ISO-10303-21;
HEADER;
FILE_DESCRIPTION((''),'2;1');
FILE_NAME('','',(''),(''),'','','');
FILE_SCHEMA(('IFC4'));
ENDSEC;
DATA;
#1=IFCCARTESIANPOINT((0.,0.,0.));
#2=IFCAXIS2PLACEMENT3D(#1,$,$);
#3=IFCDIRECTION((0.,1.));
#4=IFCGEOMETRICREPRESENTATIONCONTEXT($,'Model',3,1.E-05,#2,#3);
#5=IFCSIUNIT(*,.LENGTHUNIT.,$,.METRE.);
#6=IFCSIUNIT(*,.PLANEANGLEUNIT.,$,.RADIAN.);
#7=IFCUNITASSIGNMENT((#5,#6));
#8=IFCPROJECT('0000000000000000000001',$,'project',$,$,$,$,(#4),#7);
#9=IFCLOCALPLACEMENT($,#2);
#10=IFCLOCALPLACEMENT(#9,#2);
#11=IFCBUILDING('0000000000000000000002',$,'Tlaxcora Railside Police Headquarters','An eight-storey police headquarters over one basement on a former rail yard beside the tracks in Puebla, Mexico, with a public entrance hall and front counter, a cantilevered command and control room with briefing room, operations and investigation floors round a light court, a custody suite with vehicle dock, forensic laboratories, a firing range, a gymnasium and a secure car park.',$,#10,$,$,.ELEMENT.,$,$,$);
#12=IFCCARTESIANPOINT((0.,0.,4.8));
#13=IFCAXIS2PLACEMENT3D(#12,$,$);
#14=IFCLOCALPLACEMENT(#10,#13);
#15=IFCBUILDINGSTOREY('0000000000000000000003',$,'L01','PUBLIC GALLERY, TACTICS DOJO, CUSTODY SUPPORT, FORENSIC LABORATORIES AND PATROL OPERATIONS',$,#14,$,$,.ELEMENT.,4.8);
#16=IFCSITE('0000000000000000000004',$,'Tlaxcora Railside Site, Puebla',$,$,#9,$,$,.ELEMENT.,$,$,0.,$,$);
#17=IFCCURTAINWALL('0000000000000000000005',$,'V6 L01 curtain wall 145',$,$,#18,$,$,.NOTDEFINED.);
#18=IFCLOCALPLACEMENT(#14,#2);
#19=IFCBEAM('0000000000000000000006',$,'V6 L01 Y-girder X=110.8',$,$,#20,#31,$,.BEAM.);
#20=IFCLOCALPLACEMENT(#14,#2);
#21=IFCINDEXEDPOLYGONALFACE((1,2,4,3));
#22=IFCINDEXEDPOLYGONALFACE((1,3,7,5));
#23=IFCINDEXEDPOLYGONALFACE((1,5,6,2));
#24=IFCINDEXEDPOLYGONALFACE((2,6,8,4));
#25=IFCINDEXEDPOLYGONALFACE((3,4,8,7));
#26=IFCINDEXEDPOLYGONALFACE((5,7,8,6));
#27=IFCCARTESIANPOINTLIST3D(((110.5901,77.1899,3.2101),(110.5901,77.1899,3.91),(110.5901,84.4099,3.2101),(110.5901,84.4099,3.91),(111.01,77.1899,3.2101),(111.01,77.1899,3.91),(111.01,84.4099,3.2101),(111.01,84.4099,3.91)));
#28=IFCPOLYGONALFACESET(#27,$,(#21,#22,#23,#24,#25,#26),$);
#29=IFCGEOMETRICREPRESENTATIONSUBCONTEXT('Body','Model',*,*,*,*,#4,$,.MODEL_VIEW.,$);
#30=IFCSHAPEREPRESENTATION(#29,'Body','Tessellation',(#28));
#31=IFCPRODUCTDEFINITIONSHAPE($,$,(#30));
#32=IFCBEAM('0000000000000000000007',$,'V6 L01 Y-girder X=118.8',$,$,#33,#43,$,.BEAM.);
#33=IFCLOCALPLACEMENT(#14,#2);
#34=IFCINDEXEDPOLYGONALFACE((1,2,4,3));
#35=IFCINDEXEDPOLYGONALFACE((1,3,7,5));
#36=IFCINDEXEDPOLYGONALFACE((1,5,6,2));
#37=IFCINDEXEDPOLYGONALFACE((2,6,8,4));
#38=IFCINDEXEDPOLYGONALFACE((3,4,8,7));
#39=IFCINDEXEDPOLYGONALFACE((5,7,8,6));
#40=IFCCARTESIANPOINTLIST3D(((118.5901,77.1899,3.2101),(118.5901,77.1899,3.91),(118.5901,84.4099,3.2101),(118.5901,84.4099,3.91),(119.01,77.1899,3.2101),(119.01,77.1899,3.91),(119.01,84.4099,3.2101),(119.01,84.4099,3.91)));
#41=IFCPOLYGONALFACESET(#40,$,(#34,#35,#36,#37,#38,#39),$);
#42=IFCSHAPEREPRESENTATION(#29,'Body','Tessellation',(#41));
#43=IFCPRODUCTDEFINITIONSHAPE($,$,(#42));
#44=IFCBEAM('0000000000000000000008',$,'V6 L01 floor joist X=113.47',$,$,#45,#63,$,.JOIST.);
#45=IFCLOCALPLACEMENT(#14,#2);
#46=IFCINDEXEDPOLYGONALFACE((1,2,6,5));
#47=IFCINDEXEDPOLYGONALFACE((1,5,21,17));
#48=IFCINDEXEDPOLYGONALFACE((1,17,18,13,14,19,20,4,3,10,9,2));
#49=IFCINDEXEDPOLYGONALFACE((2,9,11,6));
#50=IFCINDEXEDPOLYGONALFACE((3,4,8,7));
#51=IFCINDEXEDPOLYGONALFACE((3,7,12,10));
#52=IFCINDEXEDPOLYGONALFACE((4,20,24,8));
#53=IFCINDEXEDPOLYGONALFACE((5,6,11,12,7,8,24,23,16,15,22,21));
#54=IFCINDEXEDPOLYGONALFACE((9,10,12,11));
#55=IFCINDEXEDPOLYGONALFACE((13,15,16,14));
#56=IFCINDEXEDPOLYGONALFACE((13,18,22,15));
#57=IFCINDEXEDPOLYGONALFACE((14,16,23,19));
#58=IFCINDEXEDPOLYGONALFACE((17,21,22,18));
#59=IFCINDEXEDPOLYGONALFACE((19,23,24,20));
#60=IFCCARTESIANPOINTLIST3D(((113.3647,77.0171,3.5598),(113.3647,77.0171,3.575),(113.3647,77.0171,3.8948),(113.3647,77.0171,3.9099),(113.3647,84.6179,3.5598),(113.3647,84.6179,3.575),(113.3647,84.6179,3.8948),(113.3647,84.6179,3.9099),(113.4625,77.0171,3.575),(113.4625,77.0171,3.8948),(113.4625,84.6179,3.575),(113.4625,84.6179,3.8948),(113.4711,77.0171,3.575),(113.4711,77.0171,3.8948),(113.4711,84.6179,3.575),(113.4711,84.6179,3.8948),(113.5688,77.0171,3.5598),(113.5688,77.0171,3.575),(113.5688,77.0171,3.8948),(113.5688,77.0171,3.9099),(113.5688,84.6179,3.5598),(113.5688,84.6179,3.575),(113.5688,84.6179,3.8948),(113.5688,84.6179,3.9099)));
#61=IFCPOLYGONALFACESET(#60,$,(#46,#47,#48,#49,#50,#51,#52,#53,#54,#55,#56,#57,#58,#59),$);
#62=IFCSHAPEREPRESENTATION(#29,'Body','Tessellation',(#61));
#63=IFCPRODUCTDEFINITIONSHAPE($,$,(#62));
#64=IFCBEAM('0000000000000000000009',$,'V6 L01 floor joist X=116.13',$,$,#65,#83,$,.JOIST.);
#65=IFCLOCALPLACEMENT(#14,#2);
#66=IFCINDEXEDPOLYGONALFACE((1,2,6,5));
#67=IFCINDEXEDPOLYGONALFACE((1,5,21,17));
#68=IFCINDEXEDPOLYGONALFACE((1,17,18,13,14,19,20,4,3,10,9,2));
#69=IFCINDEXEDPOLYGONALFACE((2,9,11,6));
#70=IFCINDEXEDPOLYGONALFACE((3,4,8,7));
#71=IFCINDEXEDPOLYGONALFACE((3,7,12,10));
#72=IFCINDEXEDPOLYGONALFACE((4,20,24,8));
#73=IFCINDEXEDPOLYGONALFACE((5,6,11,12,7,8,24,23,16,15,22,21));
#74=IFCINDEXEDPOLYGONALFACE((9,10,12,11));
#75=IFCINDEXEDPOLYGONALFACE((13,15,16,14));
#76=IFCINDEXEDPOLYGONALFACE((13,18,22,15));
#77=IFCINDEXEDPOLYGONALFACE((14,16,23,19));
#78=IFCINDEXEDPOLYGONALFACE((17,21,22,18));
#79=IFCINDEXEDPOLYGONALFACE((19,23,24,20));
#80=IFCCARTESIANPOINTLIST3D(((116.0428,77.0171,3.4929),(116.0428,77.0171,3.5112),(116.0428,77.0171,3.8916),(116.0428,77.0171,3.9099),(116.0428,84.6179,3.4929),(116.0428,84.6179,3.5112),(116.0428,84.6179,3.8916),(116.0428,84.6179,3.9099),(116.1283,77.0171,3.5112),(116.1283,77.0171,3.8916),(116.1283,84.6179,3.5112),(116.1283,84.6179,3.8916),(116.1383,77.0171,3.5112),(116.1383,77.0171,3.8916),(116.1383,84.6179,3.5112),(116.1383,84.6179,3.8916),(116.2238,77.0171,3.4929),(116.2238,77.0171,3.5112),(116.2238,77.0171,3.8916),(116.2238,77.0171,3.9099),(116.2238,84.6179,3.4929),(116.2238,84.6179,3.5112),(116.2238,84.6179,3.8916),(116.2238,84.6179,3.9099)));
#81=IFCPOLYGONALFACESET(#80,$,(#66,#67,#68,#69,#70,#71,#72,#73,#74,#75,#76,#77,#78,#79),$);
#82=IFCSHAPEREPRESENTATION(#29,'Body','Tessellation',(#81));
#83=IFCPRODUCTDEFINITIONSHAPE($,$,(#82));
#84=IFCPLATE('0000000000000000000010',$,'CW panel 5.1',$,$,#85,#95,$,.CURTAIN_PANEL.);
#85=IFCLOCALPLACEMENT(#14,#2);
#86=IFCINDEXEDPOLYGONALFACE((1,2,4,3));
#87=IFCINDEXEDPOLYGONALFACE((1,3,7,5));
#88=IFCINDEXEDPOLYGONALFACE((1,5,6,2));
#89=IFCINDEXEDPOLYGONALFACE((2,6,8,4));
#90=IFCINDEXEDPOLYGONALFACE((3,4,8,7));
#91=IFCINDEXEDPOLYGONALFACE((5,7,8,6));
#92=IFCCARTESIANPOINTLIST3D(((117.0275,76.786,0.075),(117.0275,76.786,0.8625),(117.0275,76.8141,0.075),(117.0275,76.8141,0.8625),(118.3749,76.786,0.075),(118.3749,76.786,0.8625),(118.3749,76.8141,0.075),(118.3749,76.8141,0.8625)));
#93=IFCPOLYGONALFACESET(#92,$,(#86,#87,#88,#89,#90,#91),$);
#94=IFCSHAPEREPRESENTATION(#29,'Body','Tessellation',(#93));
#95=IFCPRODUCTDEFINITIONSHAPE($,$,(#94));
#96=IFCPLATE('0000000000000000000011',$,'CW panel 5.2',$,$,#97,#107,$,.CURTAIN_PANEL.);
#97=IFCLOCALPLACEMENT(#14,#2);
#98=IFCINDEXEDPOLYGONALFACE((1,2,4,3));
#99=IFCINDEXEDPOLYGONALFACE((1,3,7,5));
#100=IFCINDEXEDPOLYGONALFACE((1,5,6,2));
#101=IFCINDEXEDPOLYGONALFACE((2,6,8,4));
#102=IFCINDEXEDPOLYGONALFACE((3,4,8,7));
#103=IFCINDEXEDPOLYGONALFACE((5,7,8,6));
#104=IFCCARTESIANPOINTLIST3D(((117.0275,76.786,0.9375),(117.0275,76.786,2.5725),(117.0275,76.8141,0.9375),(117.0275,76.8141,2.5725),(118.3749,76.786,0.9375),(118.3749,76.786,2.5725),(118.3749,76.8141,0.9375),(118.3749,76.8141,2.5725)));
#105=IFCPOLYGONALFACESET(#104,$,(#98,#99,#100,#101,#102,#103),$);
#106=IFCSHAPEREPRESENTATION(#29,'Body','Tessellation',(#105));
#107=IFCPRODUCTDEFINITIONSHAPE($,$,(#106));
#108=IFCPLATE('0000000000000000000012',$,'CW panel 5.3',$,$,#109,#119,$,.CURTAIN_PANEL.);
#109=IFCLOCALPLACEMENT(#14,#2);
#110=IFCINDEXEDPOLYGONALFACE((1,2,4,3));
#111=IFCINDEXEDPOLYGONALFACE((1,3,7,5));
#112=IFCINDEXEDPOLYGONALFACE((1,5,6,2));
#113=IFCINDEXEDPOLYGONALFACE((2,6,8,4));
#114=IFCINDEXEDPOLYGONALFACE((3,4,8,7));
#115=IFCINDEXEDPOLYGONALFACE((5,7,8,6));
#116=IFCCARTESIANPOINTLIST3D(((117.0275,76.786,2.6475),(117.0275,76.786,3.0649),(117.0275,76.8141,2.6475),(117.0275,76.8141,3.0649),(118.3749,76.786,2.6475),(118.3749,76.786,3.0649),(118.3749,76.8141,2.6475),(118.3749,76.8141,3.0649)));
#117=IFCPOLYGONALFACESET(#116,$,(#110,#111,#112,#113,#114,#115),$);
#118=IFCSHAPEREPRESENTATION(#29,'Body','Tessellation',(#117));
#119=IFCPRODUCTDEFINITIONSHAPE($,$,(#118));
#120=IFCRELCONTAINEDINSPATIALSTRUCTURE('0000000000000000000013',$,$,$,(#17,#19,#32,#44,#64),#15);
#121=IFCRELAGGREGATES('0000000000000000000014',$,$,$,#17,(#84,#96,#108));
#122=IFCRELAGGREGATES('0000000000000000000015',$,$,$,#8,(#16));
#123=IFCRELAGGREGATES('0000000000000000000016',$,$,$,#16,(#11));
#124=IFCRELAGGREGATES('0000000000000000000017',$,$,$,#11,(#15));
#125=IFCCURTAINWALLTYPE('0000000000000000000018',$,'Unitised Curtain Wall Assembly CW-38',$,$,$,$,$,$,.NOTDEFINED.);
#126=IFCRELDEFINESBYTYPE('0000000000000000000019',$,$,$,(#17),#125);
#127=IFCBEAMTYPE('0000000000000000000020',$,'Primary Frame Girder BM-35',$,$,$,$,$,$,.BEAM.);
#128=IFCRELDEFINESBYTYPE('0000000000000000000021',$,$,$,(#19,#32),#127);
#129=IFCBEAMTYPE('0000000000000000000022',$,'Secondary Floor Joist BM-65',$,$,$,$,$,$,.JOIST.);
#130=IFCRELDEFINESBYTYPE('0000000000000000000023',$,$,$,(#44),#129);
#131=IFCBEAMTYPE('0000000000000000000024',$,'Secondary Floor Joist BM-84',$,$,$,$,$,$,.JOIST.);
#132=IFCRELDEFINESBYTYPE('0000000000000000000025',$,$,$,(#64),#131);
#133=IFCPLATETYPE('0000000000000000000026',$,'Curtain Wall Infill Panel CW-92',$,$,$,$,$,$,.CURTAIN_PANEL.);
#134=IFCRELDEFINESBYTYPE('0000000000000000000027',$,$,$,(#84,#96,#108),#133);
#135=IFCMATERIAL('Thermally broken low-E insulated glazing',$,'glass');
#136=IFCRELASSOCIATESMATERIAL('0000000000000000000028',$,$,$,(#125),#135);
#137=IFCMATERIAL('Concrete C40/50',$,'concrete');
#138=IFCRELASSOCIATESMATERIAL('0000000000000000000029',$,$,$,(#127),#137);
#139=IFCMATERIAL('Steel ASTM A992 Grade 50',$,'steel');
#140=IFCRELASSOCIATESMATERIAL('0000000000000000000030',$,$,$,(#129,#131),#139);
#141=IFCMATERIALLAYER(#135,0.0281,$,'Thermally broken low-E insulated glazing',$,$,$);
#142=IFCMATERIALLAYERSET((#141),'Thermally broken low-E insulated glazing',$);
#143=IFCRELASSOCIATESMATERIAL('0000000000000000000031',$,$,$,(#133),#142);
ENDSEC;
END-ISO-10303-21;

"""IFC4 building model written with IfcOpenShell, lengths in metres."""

from ifc_helpers import new_model, si_unit, direction, frame, origin, origin_2d, place, context, subcontext, project, spatial, rectangle, i_section, extrude, material, layer, layer_set, material_profile, profile_set, type_object, element, aggregate, save


model = new_model("IFC4")

# Units and contexts
model_context = context("Model", 3, precision=1e-05, world=origin(), true_north=direction((0.0, 1.0)))
body_context = subcontext(model_context, "Body", "Model", "MODEL_VIEW")
ifc_project = project(units=[si_unit("LENGTHUNIT", "METRE"), si_unit("PLANEANGLEUNIT", "RADIAN")], contexts=[model_context])

# Site, building, storey
site_placement = place(None, origin())
site = spatial("IfcSite", under=ifc_project, at=site_placement, Name="Tlaxcora Railside Site, Puebla", CompositionType="ELEMENT", RefElevation=0.0)
building_placement = place(site_placement, origin())
building = spatial("IfcBuilding", under=site, at=building_placement, Name="Tlaxcora Railside Police Headquarters", Description="An eight-storey police headquarters over one basement on a former rail yard beside the tracks in Puebla, Mexico, with a public entrance hall and front counter, a cantilevered command and control room with briefing room, operations and investigation floors round a light court, a custody suite with vehicle dock, forensic laboratories, a firing range, a gymnasium and a secure car park.", CompositionType="ELEMENT")
storey_placement = place(building_placement, frame((0.0, 0.0, 4.8)))
storey = spatial("IfcBuildingStorey", under=building, at=storey_placement, Name="L01", Description="PUBLIC GALLERY, TACTICS DOJO, CUSTODY SUPPORT, FORENSIC LABORATORIES AND PATROL OPERATIONS", CompositionType="ELEMENT", Elevation=4.8)

# Shared definitions
ifc_material_1 = material(Name="Concrete C40/50", Category="concrete")

# Curtain wall
ifc_material_2 = material(Name="Thermally broken low-E insulated glazing", Category="glass")
curtain_wall_type_1 = type_object("IfcCurtainWallType", Name="Unitised Curtain Wall Assembly CW-38", PredefinedType="NOTDEFINED", material=ifc_material_2)
curtain_wall_1_placement = place(storey_placement, origin())
curtain_wall_1 = element("IfcCurtainWall", 1, at=curtain_wall_1_placement, inside=storey, type_object=curtain_wall_type_1, Name="V6 L01 curtain wall 145", PredefinedType="NOTDEFINED")

# Beams
ifc_material_profile_1 = material_profile(ifc_material_1, rectangle(XDim=0.4199, YDim=0.7, at=origin_2d()), Name="RC420X700")
ifc_profile_set_1 = profile_set([ifc_material_profile_1], Name="Concrete C40/50")
beam_type_1 = type_object("IfcBeamType", Name="Primary Frame Girder BM-35", PredefinedType="BEAM", material=ifc_profile_set_1)
for number, where, z_axis, x_axis, name in (
    (2, (110.8, 77.1899, 3.5601), (0.0, 1.0, 0.0), (-1.0, 0.0, 0.0), "V6 L01 Y-girder X=110.8"),
    (3, (118.8, 77.1899, 3.5601), (0.0, 1.0, 0.0), (-1.0, 0.0, 0.0), "V6 L01 Y-girder X=118.8"),
):
    element("IfcBeam", number, at=place(storey_placement, frame(where, z_axis=z_axis, x_axis=x_axis)), inside=storey, type_object=beam_type_1, Name=name, PredefinedType="BEAM", context=body_context, shape_type="SweptSolid", body=[
        extrude(rectangle(XDim=0.4199, YDim=0.7, at=origin_2d()), origin(), (0.0, 0.0, 1.0), 7.22),
    ])
ifc_material_3 = material(Name="Steel ASTM A992 Grade 50", Category="steel")
ifc_material_profile_2 = material_profile(ifc_material_3, i_section(OverallWidth=0.2041, OverallDepth=0.3501, WebThickness=0.0085, FlangeThickness=0.0151, at=origin_2d()), Name="W14X48")
ifc_profile_set_2 = profile_set([ifc_material_profile_2], Name="Steel ASTM A992 Grade 50")
beam_type_2 = type_object("IfcBeamType", Name="Secondary Floor Joist BM-65", PredefinedType="JOIST", material=ifc_profile_set_2)
beam_1_placement = place(storey_placement, frame((113.4668, 77.0171, 3.7349), z_axis=(0.0, 1.0, 0.0), x_axis=(-1.0, 0.0, 0.0)))
element("IfcBeam", 4, at=beam_1_placement, inside=storey, type_object=beam_type_2, Name="V6 L01 floor joist X=113.47", PredefinedType="JOIST", context=body_context, shape_type="SweptSolid", body=[
    extrude(i_section(OverallWidth=0.2041, OverallDepth=0.3501, WebThickness=0.0085, FlangeThickness=0.0151, at=origin_2d()), origin(), (0.0, 0.0, 1.0), 7.6008),
])
ifc_material_profile_3 = material_profile(ifc_material_3, i_section(OverallWidth=0.1809, OverallDepth=0.417, WebThickness=0.01, FlangeThickness=0.0183, at=origin_2d()), Name="W16X57")
ifc_profile_set_3 = profile_set([ifc_material_profile_3], Name="Steel ASTM A992 Grade 50")
beam_type_3 = type_object("IfcBeamType", Name="Secondary Floor Joist BM-84", PredefinedType="JOIST", material=ifc_profile_set_3)
beam_2_placement = place(storey_placement, frame((116.1333, 77.0171, 3.7014), z_axis=(0.0, 1.0, 0.0), x_axis=(-1.0, 0.0, 0.0)))
element("IfcBeam", 5, at=beam_2_placement, inside=storey, type_object=beam_type_3, Name="V6 L01 floor joist X=116.13", PredefinedType="JOIST", context=body_context, shape_type="SweptSolid", body=[
    extrude(i_section(OverallWidth=0.1809, OverallDepth=0.417, WebThickness=0.01, FlangeThickness=0.0183, at=origin_2d()), origin(), (0.0, 0.0, 1.0), 7.6008),
])

# Plates
ifc_layer = layer(ifc_material_2, 0.0281, Name="Thermally broken low-E insulated glazing")
ifc_layer_set = layer_set([ifc_layer], Name="Thermally broken low-E insulated glazing")
plate_type = type_object("IfcPlateType", Name="Curtain Wall Infill Panel CW-92", PredefinedType="CURTAIN_PANEL", material=ifc_layer_set)
plate_1_placement = place(storey_placement, frame((117.7012, 76.8, 0.075), z_axis=(0.0, 0.0, 1.0), x_axis=(1.0, 0.0, 0.0)))
plate_1 = element("IfcPlate", 6, at=plate_1_placement, type_object=plate_type, Name="CW panel 5.1", PredefinedType="CURTAIN_PANEL", context=body_context, shape_type="SweptSolid", body=[
    extrude(rectangle(XDim=1.3474, YDim=0.0281, at=origin_2d()), origin(), (0.0, 0.0, 1.0), 0.7876),
])
plate_2_placement = place(storey_placement, frame((117.7012, 76.8, 0.9375), z_axis=(0.0, 0.0, 1.0), x_axis=(1.0, 0.0, 0.0)))
plate_2 = element("IfcPlate", 7, at=plate_2_placement, type_object=plate_type, Name="CW panel 5.2", PredefinedType="CURTAIN_PANEL", context=body_context, shape_type="SweptSolid", body=[
    extrude(rectangle(XDim=1.3474, YDim=0.0281, at=origin_2d()), origin(), (0.0, 0.0, 1.0), 1.635),
])
plate_3_placement = place(storey_placement, frame((117.7012, 76.8, 2.6475), z_axis=(0.0, 0.0, 1.0), x_axis=(1.0, 0.0, 0.0)))
plate_3 = element("IfcPlate", 8, at=plate_3_placement, type_object=plate_type, Name="CW panel 5.3", PredefinedType="CURTAIN_PANEL", context=body_context, shape_type="SweptSolid", body=[
    extrude(rectangle(XDim=1.3474, YDim=0.0281, at=origin_2d()), origin(), (0.0, 0.0, 1.0), 0.4175),
])
aggregate(curtain_wall_1, [plate_1, plate_2, plate_3])

save(model, "model.ifc")
